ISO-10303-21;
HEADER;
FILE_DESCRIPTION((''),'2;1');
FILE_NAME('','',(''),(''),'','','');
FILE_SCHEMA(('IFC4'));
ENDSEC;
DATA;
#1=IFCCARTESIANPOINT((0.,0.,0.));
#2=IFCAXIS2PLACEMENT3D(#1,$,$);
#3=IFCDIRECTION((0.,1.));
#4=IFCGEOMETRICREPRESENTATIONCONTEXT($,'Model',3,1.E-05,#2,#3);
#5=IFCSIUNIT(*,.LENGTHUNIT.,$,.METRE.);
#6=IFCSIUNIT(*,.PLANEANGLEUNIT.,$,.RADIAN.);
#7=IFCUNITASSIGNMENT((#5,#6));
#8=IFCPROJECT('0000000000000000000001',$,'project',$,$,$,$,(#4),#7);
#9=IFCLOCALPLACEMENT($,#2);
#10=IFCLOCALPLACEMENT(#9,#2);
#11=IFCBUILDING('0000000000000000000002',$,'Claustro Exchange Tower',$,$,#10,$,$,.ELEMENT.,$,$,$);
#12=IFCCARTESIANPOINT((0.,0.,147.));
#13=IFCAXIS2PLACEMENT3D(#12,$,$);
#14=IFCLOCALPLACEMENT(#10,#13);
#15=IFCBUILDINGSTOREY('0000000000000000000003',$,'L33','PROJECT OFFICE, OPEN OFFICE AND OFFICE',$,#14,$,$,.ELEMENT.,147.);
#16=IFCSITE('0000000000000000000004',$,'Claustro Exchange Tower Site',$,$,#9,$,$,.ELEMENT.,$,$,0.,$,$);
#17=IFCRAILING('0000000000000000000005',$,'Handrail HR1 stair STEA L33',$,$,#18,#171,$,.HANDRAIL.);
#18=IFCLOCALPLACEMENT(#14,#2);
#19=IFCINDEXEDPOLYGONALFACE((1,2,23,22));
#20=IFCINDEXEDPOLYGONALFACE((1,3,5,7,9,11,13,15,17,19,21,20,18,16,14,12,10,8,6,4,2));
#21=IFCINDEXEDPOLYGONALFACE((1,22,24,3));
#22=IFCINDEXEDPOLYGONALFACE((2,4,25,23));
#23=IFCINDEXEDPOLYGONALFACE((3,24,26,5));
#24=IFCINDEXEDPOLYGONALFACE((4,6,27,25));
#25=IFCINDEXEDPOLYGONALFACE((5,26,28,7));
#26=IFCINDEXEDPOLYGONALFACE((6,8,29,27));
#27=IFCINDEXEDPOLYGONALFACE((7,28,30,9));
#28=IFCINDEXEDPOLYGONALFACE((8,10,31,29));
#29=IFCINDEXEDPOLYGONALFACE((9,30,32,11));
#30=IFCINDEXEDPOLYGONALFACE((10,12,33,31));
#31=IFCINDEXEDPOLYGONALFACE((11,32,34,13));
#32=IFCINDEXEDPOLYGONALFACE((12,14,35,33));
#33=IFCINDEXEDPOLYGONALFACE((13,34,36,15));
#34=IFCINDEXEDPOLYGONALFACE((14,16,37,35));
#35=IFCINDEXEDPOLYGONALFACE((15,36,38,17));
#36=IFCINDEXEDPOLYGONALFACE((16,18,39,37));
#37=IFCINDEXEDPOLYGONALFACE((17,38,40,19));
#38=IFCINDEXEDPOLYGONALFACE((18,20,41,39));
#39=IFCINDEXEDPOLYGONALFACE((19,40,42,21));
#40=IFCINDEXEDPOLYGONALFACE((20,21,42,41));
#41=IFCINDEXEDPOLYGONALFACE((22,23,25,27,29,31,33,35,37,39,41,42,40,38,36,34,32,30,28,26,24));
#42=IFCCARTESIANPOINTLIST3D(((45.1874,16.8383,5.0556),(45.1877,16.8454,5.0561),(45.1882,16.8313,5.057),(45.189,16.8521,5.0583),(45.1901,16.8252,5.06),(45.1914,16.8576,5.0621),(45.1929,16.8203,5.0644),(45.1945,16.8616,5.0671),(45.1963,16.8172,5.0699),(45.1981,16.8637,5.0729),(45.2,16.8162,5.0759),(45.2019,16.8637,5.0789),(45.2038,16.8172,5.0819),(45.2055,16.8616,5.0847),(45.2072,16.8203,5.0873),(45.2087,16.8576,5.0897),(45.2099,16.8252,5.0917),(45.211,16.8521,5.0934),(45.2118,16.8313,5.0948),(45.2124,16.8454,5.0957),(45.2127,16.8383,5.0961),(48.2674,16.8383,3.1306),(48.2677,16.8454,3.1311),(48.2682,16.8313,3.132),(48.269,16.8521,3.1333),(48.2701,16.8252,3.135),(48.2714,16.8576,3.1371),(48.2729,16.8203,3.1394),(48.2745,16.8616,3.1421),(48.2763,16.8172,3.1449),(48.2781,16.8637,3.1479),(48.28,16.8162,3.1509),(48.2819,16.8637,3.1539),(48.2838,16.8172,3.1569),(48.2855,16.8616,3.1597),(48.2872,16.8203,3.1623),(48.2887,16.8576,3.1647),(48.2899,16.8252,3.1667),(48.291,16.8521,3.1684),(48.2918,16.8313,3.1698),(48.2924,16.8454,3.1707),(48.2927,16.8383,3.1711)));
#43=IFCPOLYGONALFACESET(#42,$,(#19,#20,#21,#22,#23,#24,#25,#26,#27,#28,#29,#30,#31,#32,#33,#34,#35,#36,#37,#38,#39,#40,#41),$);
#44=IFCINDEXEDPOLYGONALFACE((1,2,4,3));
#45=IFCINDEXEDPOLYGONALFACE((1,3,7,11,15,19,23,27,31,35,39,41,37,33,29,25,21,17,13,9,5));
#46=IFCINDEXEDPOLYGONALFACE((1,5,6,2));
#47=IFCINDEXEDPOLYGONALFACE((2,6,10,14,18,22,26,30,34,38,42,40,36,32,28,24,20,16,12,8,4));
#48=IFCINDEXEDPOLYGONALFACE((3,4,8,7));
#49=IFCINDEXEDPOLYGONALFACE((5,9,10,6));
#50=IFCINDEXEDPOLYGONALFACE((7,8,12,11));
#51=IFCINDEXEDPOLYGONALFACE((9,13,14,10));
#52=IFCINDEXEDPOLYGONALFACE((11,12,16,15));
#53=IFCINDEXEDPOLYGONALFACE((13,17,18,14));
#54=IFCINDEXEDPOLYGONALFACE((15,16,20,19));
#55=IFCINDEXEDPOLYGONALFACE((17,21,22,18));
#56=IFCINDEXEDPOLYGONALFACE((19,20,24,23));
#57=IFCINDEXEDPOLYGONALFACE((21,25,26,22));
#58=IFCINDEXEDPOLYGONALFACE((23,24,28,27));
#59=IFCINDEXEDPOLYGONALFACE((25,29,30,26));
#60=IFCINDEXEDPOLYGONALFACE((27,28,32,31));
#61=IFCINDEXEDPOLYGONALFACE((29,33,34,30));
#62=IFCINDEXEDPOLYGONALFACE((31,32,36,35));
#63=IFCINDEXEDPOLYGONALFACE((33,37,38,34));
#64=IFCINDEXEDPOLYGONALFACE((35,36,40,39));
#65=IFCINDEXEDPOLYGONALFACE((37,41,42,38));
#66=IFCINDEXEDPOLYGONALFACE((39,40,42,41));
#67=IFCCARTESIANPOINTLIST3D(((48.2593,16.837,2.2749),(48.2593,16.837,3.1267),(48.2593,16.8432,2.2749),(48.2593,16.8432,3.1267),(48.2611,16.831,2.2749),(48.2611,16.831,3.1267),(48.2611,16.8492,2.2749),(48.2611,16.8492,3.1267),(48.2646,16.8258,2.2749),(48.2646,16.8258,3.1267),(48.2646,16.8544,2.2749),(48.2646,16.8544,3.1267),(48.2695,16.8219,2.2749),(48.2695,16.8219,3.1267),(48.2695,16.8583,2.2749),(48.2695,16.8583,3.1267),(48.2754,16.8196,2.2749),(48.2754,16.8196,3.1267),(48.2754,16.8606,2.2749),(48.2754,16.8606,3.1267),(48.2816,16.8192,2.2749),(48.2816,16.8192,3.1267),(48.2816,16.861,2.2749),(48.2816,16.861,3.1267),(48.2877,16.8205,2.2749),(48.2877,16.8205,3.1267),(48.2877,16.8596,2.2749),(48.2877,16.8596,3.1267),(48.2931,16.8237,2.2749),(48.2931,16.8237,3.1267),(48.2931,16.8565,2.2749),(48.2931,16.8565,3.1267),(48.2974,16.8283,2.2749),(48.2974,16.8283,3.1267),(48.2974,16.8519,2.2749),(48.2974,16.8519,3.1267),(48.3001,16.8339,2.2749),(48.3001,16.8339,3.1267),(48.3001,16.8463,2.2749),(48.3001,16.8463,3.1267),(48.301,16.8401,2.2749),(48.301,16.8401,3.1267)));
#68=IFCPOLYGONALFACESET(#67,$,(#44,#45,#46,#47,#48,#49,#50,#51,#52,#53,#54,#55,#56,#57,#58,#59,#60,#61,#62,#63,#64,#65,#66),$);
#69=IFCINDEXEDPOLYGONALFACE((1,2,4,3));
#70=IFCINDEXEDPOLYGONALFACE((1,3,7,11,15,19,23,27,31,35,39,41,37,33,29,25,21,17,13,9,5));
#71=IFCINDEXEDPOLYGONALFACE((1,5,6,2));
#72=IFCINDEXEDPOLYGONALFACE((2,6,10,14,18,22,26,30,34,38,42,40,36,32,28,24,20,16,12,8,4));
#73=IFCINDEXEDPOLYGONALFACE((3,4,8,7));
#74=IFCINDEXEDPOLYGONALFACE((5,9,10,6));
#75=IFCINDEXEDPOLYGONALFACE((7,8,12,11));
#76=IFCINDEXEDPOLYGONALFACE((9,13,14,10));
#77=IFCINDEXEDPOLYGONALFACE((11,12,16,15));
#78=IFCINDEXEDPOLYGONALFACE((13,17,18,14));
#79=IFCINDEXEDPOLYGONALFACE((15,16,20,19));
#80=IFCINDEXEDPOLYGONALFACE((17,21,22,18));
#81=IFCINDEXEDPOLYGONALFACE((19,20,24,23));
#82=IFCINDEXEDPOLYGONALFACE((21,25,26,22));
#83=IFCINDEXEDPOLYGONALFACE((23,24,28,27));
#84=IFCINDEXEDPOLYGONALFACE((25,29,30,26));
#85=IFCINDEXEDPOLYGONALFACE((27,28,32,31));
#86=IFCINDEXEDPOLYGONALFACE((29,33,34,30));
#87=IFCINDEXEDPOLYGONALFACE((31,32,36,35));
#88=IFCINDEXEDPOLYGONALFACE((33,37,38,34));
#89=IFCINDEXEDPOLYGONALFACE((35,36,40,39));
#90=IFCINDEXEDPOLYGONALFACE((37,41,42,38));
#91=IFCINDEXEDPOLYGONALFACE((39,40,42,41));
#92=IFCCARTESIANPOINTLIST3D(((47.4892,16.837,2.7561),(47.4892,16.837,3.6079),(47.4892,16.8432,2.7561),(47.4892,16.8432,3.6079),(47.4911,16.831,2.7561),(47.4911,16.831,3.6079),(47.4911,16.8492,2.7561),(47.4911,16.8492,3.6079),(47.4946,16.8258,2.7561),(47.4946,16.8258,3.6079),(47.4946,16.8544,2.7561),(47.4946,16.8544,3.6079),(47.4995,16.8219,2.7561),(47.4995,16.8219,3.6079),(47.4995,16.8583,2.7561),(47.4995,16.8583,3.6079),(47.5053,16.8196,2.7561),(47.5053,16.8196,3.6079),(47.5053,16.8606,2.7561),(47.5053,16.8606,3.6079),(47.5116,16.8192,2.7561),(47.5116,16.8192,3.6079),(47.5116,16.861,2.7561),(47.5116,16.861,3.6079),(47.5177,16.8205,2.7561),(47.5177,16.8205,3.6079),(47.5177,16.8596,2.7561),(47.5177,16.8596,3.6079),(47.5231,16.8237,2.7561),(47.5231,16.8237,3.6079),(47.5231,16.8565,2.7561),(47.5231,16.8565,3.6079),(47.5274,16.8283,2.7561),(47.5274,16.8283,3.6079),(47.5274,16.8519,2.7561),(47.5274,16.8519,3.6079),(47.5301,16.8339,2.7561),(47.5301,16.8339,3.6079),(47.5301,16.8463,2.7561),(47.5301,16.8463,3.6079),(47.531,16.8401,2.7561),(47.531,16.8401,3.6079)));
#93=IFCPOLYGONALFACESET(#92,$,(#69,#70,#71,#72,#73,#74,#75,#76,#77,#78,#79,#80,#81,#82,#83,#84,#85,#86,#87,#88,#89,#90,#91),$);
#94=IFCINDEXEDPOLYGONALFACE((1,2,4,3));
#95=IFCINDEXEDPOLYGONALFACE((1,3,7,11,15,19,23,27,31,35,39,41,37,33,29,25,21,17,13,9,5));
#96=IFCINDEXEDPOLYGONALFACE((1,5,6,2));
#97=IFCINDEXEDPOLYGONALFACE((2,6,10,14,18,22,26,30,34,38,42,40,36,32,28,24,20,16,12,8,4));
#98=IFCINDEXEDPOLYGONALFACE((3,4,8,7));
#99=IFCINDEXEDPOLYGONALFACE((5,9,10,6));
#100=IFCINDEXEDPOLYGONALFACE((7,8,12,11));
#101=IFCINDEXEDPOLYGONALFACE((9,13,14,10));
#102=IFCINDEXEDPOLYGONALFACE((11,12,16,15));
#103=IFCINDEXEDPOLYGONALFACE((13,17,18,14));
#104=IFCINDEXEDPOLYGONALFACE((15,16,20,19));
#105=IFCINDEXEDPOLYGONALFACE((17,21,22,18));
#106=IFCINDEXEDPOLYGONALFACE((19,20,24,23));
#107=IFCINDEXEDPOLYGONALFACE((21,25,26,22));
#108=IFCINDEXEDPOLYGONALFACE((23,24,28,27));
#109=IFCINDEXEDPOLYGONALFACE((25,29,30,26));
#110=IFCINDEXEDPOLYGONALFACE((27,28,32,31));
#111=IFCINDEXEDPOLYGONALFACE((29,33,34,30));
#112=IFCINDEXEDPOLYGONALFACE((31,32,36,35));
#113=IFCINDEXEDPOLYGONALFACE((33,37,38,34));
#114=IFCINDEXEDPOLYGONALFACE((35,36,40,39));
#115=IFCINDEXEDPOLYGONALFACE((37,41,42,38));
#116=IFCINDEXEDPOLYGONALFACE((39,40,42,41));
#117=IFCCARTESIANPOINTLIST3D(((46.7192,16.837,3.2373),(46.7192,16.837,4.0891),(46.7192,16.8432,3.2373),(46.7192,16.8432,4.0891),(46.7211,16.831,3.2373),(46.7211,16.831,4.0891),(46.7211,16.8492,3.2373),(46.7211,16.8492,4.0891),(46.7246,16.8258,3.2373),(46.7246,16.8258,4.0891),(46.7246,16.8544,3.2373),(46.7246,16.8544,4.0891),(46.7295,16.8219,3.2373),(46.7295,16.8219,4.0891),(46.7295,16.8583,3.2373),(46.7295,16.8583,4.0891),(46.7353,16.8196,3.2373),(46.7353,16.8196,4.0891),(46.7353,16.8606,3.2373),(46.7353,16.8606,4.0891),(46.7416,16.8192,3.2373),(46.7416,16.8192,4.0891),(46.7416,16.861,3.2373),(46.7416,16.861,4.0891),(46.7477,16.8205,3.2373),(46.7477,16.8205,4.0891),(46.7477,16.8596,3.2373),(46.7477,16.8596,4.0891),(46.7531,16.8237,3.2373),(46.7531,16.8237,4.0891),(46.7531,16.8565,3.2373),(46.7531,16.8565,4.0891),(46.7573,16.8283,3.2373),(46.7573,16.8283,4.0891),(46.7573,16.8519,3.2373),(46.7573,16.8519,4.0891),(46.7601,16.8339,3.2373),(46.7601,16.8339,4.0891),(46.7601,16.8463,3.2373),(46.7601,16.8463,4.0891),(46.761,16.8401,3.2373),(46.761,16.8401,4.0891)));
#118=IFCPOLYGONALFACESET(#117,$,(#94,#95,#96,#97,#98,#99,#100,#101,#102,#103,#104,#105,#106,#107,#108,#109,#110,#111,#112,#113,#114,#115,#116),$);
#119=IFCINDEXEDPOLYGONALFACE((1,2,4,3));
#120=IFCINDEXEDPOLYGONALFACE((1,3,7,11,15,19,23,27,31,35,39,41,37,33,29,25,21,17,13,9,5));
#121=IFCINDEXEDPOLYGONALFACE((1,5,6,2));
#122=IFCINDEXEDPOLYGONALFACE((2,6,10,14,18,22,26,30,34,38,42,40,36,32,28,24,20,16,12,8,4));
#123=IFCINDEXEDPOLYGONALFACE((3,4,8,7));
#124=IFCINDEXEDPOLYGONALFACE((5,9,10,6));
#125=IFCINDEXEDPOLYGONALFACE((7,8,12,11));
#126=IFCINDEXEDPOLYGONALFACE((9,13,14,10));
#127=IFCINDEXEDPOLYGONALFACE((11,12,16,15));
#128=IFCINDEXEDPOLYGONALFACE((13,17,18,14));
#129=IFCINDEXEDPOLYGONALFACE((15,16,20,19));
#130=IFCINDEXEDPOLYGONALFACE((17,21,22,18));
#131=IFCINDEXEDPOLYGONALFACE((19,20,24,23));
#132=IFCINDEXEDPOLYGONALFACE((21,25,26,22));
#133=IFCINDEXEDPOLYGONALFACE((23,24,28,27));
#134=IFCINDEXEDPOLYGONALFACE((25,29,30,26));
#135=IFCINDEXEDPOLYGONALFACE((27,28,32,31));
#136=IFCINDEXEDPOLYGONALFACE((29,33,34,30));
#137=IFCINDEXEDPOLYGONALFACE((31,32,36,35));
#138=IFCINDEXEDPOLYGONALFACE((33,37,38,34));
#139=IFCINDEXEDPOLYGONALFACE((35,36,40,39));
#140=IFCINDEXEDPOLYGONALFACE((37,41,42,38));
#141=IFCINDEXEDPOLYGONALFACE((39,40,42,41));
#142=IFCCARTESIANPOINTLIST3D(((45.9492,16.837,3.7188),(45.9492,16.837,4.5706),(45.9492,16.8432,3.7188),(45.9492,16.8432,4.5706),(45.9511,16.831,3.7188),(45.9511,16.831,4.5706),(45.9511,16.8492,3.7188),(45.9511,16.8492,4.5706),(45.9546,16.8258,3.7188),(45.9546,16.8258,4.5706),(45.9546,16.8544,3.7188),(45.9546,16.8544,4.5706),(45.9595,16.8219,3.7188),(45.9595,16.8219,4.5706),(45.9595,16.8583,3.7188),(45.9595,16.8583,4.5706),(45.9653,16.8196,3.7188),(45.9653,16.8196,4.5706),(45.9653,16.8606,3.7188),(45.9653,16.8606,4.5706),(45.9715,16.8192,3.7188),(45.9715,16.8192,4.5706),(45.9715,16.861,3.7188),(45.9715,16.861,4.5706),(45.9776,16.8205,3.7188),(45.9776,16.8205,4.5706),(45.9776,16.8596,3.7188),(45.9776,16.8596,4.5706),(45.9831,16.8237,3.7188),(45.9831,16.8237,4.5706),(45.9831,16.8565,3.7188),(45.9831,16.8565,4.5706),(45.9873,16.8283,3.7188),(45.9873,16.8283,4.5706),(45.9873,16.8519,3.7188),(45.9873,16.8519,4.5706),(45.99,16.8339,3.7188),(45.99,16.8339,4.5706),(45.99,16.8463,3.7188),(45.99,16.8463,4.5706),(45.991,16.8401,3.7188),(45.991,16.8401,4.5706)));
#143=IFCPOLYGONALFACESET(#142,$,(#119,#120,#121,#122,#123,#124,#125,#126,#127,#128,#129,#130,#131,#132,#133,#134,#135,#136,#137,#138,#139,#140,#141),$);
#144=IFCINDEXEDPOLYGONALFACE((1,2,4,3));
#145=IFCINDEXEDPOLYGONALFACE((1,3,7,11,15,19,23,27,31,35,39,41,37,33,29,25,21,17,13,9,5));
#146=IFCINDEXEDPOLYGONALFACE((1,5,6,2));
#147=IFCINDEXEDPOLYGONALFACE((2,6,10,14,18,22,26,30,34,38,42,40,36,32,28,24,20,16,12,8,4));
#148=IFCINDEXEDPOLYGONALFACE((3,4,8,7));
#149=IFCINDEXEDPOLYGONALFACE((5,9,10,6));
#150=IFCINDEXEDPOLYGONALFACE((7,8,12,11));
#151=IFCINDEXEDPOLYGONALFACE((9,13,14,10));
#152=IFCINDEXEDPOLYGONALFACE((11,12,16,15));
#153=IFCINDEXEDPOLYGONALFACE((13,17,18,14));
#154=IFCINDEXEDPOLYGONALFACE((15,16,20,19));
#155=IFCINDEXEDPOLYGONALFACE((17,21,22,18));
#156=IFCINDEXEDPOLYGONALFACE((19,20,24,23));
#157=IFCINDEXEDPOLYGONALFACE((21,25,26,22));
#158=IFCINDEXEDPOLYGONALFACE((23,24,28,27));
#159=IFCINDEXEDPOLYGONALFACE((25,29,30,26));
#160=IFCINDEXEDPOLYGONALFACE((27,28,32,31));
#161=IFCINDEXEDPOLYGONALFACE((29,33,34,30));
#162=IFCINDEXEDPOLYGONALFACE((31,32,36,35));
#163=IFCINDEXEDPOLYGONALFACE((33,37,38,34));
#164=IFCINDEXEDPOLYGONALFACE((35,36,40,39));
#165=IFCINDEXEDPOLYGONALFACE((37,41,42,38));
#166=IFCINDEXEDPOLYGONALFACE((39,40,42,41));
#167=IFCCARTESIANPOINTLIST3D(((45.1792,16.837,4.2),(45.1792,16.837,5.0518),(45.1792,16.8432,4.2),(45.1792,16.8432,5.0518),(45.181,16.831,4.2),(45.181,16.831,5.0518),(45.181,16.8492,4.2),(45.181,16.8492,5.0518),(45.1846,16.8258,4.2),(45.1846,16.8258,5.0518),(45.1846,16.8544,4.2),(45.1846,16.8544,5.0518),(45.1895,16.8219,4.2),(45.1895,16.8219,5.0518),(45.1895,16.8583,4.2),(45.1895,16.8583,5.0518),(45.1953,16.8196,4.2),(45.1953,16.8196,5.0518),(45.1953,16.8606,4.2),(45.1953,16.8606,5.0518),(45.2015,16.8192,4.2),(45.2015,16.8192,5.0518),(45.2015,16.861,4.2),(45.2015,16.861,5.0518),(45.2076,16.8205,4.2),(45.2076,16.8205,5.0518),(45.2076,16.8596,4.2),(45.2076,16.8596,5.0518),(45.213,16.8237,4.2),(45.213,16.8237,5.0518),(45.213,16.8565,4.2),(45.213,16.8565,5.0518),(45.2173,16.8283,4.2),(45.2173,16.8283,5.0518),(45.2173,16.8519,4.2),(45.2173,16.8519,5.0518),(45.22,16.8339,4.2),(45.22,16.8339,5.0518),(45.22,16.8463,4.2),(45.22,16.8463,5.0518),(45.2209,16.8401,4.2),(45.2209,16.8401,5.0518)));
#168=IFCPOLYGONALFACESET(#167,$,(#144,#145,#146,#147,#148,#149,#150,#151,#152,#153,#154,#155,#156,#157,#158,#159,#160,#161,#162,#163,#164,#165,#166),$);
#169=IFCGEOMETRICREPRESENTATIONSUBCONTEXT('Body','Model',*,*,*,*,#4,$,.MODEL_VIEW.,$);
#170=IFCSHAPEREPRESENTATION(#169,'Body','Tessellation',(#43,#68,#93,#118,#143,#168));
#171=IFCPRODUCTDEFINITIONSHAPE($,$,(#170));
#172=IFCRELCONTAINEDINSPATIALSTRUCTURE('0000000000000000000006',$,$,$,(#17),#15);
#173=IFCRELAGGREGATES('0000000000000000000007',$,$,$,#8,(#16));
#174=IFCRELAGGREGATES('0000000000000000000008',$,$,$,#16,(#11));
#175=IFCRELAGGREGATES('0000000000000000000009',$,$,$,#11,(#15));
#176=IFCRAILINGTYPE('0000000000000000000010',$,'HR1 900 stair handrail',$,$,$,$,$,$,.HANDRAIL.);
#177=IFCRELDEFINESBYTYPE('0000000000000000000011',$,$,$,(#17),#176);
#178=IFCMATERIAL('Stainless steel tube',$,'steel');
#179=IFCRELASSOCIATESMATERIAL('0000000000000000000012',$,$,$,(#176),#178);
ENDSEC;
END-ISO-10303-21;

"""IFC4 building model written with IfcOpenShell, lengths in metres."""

from ifc_helpers import new_model, si_unit, direction, frame, origin, origin_2d, place, context, subcontext, project, spatial, circle, extrude, material, type_object, element, save


model = new_model("IFC4")

# Units and contexts
model_context = context("Model", 3, precision=1e-05, world=origin(), true_north=direction((0.0, 1.0)))
body_context = subcontext(model_context, "Body", "Model", "MODEL_VIEW")
ifc_project = project(units=[si_unit("LENGTHUNIT", "METRE"), si_unit("PLANEANGLEUNIT", "RADIAN")], contexts=[model_context])

# Site, building, storey
site_placement = place(None, origin())
site = spatial("IfcSite", under=ifc_project, at=site_placement, Name="Claustro Exchange Tower Site", CompositionType="ELEMENT", RefElevation=0.0)
building_placement = place(site_placement, origin())
building = spatial("IfcBuilding", under=site, at=building_placement, Name="Claustro Exchange Tower", CompositionType="ELEMENT")
storey_placement = place(building_placement, frame((0.0, 0.0, 147.0)))
storey = spatial("IfcBuildingStorey", under=building, at=storey_placement, Name="L33", Description="PROJECT OFFICE, OPEN OFFICE AND OFFICE", CompositionType="ELEMENT", Elevation=147.0)

# Railing
ifc_material_1 = material(Name="Stainless steel tube", Category="steel")
railing_type_1 = type_object("IfcRailingType", Name="HR1 900 stair handrail", PredefinedType="HANDRAIL", material=ifc_material_1)
railing_1_placement = place(storey_placement, frame((48.28, 16.8401, 2.2749)))
element("IfcRailing", 1, at=railing_1_placement, inside=storey, type_object=railing_type_1, Name="Handrail HR1 stair STEA L33", PredefinedType="HANDRAIL", context=body_context, shape_type="SweptSolid", body=[
    extrude(circle(Radius=0.0239, at=origin_2d()), frame((0.0, 0.0, 0.876), z_axis=(-0.847998, 0.0, 0.529999), x_axis=(0.0, -1.0, 0.0)), (0.0, 0.0, 1.0), 3.6321),
    extrude(circle(Radius=0.021, at=origin_2d()), origin(), (0.0, 0.0, 1.0), 0.8518),
    extrude(circle(Radius=0.021, at=origin_2d()), frame((-0.77, 0.0, 0.4812)), (0.0, 0.0, 1.0), 0.8518),
    extrude(circle(Radius=0.021, at=origin_2d()), frame((-1.54, 0.0, 0.9624)), (0.0, 0.0, 1.0), 0.8518),
    extrude(circle(Radius=0.021, at=origin_2d()), frame((-2.3101, 0.0, 1.4438)), (0.0, 0.0, 1.0), 0.8518),
    extrude(circle(Radius=0.021, at=origin_2d()), frame((-3.0801, 0.0, 1.925)), (0.0, 0.0, 1.0), 0.8518),
])

save(model, "model.ifc")
